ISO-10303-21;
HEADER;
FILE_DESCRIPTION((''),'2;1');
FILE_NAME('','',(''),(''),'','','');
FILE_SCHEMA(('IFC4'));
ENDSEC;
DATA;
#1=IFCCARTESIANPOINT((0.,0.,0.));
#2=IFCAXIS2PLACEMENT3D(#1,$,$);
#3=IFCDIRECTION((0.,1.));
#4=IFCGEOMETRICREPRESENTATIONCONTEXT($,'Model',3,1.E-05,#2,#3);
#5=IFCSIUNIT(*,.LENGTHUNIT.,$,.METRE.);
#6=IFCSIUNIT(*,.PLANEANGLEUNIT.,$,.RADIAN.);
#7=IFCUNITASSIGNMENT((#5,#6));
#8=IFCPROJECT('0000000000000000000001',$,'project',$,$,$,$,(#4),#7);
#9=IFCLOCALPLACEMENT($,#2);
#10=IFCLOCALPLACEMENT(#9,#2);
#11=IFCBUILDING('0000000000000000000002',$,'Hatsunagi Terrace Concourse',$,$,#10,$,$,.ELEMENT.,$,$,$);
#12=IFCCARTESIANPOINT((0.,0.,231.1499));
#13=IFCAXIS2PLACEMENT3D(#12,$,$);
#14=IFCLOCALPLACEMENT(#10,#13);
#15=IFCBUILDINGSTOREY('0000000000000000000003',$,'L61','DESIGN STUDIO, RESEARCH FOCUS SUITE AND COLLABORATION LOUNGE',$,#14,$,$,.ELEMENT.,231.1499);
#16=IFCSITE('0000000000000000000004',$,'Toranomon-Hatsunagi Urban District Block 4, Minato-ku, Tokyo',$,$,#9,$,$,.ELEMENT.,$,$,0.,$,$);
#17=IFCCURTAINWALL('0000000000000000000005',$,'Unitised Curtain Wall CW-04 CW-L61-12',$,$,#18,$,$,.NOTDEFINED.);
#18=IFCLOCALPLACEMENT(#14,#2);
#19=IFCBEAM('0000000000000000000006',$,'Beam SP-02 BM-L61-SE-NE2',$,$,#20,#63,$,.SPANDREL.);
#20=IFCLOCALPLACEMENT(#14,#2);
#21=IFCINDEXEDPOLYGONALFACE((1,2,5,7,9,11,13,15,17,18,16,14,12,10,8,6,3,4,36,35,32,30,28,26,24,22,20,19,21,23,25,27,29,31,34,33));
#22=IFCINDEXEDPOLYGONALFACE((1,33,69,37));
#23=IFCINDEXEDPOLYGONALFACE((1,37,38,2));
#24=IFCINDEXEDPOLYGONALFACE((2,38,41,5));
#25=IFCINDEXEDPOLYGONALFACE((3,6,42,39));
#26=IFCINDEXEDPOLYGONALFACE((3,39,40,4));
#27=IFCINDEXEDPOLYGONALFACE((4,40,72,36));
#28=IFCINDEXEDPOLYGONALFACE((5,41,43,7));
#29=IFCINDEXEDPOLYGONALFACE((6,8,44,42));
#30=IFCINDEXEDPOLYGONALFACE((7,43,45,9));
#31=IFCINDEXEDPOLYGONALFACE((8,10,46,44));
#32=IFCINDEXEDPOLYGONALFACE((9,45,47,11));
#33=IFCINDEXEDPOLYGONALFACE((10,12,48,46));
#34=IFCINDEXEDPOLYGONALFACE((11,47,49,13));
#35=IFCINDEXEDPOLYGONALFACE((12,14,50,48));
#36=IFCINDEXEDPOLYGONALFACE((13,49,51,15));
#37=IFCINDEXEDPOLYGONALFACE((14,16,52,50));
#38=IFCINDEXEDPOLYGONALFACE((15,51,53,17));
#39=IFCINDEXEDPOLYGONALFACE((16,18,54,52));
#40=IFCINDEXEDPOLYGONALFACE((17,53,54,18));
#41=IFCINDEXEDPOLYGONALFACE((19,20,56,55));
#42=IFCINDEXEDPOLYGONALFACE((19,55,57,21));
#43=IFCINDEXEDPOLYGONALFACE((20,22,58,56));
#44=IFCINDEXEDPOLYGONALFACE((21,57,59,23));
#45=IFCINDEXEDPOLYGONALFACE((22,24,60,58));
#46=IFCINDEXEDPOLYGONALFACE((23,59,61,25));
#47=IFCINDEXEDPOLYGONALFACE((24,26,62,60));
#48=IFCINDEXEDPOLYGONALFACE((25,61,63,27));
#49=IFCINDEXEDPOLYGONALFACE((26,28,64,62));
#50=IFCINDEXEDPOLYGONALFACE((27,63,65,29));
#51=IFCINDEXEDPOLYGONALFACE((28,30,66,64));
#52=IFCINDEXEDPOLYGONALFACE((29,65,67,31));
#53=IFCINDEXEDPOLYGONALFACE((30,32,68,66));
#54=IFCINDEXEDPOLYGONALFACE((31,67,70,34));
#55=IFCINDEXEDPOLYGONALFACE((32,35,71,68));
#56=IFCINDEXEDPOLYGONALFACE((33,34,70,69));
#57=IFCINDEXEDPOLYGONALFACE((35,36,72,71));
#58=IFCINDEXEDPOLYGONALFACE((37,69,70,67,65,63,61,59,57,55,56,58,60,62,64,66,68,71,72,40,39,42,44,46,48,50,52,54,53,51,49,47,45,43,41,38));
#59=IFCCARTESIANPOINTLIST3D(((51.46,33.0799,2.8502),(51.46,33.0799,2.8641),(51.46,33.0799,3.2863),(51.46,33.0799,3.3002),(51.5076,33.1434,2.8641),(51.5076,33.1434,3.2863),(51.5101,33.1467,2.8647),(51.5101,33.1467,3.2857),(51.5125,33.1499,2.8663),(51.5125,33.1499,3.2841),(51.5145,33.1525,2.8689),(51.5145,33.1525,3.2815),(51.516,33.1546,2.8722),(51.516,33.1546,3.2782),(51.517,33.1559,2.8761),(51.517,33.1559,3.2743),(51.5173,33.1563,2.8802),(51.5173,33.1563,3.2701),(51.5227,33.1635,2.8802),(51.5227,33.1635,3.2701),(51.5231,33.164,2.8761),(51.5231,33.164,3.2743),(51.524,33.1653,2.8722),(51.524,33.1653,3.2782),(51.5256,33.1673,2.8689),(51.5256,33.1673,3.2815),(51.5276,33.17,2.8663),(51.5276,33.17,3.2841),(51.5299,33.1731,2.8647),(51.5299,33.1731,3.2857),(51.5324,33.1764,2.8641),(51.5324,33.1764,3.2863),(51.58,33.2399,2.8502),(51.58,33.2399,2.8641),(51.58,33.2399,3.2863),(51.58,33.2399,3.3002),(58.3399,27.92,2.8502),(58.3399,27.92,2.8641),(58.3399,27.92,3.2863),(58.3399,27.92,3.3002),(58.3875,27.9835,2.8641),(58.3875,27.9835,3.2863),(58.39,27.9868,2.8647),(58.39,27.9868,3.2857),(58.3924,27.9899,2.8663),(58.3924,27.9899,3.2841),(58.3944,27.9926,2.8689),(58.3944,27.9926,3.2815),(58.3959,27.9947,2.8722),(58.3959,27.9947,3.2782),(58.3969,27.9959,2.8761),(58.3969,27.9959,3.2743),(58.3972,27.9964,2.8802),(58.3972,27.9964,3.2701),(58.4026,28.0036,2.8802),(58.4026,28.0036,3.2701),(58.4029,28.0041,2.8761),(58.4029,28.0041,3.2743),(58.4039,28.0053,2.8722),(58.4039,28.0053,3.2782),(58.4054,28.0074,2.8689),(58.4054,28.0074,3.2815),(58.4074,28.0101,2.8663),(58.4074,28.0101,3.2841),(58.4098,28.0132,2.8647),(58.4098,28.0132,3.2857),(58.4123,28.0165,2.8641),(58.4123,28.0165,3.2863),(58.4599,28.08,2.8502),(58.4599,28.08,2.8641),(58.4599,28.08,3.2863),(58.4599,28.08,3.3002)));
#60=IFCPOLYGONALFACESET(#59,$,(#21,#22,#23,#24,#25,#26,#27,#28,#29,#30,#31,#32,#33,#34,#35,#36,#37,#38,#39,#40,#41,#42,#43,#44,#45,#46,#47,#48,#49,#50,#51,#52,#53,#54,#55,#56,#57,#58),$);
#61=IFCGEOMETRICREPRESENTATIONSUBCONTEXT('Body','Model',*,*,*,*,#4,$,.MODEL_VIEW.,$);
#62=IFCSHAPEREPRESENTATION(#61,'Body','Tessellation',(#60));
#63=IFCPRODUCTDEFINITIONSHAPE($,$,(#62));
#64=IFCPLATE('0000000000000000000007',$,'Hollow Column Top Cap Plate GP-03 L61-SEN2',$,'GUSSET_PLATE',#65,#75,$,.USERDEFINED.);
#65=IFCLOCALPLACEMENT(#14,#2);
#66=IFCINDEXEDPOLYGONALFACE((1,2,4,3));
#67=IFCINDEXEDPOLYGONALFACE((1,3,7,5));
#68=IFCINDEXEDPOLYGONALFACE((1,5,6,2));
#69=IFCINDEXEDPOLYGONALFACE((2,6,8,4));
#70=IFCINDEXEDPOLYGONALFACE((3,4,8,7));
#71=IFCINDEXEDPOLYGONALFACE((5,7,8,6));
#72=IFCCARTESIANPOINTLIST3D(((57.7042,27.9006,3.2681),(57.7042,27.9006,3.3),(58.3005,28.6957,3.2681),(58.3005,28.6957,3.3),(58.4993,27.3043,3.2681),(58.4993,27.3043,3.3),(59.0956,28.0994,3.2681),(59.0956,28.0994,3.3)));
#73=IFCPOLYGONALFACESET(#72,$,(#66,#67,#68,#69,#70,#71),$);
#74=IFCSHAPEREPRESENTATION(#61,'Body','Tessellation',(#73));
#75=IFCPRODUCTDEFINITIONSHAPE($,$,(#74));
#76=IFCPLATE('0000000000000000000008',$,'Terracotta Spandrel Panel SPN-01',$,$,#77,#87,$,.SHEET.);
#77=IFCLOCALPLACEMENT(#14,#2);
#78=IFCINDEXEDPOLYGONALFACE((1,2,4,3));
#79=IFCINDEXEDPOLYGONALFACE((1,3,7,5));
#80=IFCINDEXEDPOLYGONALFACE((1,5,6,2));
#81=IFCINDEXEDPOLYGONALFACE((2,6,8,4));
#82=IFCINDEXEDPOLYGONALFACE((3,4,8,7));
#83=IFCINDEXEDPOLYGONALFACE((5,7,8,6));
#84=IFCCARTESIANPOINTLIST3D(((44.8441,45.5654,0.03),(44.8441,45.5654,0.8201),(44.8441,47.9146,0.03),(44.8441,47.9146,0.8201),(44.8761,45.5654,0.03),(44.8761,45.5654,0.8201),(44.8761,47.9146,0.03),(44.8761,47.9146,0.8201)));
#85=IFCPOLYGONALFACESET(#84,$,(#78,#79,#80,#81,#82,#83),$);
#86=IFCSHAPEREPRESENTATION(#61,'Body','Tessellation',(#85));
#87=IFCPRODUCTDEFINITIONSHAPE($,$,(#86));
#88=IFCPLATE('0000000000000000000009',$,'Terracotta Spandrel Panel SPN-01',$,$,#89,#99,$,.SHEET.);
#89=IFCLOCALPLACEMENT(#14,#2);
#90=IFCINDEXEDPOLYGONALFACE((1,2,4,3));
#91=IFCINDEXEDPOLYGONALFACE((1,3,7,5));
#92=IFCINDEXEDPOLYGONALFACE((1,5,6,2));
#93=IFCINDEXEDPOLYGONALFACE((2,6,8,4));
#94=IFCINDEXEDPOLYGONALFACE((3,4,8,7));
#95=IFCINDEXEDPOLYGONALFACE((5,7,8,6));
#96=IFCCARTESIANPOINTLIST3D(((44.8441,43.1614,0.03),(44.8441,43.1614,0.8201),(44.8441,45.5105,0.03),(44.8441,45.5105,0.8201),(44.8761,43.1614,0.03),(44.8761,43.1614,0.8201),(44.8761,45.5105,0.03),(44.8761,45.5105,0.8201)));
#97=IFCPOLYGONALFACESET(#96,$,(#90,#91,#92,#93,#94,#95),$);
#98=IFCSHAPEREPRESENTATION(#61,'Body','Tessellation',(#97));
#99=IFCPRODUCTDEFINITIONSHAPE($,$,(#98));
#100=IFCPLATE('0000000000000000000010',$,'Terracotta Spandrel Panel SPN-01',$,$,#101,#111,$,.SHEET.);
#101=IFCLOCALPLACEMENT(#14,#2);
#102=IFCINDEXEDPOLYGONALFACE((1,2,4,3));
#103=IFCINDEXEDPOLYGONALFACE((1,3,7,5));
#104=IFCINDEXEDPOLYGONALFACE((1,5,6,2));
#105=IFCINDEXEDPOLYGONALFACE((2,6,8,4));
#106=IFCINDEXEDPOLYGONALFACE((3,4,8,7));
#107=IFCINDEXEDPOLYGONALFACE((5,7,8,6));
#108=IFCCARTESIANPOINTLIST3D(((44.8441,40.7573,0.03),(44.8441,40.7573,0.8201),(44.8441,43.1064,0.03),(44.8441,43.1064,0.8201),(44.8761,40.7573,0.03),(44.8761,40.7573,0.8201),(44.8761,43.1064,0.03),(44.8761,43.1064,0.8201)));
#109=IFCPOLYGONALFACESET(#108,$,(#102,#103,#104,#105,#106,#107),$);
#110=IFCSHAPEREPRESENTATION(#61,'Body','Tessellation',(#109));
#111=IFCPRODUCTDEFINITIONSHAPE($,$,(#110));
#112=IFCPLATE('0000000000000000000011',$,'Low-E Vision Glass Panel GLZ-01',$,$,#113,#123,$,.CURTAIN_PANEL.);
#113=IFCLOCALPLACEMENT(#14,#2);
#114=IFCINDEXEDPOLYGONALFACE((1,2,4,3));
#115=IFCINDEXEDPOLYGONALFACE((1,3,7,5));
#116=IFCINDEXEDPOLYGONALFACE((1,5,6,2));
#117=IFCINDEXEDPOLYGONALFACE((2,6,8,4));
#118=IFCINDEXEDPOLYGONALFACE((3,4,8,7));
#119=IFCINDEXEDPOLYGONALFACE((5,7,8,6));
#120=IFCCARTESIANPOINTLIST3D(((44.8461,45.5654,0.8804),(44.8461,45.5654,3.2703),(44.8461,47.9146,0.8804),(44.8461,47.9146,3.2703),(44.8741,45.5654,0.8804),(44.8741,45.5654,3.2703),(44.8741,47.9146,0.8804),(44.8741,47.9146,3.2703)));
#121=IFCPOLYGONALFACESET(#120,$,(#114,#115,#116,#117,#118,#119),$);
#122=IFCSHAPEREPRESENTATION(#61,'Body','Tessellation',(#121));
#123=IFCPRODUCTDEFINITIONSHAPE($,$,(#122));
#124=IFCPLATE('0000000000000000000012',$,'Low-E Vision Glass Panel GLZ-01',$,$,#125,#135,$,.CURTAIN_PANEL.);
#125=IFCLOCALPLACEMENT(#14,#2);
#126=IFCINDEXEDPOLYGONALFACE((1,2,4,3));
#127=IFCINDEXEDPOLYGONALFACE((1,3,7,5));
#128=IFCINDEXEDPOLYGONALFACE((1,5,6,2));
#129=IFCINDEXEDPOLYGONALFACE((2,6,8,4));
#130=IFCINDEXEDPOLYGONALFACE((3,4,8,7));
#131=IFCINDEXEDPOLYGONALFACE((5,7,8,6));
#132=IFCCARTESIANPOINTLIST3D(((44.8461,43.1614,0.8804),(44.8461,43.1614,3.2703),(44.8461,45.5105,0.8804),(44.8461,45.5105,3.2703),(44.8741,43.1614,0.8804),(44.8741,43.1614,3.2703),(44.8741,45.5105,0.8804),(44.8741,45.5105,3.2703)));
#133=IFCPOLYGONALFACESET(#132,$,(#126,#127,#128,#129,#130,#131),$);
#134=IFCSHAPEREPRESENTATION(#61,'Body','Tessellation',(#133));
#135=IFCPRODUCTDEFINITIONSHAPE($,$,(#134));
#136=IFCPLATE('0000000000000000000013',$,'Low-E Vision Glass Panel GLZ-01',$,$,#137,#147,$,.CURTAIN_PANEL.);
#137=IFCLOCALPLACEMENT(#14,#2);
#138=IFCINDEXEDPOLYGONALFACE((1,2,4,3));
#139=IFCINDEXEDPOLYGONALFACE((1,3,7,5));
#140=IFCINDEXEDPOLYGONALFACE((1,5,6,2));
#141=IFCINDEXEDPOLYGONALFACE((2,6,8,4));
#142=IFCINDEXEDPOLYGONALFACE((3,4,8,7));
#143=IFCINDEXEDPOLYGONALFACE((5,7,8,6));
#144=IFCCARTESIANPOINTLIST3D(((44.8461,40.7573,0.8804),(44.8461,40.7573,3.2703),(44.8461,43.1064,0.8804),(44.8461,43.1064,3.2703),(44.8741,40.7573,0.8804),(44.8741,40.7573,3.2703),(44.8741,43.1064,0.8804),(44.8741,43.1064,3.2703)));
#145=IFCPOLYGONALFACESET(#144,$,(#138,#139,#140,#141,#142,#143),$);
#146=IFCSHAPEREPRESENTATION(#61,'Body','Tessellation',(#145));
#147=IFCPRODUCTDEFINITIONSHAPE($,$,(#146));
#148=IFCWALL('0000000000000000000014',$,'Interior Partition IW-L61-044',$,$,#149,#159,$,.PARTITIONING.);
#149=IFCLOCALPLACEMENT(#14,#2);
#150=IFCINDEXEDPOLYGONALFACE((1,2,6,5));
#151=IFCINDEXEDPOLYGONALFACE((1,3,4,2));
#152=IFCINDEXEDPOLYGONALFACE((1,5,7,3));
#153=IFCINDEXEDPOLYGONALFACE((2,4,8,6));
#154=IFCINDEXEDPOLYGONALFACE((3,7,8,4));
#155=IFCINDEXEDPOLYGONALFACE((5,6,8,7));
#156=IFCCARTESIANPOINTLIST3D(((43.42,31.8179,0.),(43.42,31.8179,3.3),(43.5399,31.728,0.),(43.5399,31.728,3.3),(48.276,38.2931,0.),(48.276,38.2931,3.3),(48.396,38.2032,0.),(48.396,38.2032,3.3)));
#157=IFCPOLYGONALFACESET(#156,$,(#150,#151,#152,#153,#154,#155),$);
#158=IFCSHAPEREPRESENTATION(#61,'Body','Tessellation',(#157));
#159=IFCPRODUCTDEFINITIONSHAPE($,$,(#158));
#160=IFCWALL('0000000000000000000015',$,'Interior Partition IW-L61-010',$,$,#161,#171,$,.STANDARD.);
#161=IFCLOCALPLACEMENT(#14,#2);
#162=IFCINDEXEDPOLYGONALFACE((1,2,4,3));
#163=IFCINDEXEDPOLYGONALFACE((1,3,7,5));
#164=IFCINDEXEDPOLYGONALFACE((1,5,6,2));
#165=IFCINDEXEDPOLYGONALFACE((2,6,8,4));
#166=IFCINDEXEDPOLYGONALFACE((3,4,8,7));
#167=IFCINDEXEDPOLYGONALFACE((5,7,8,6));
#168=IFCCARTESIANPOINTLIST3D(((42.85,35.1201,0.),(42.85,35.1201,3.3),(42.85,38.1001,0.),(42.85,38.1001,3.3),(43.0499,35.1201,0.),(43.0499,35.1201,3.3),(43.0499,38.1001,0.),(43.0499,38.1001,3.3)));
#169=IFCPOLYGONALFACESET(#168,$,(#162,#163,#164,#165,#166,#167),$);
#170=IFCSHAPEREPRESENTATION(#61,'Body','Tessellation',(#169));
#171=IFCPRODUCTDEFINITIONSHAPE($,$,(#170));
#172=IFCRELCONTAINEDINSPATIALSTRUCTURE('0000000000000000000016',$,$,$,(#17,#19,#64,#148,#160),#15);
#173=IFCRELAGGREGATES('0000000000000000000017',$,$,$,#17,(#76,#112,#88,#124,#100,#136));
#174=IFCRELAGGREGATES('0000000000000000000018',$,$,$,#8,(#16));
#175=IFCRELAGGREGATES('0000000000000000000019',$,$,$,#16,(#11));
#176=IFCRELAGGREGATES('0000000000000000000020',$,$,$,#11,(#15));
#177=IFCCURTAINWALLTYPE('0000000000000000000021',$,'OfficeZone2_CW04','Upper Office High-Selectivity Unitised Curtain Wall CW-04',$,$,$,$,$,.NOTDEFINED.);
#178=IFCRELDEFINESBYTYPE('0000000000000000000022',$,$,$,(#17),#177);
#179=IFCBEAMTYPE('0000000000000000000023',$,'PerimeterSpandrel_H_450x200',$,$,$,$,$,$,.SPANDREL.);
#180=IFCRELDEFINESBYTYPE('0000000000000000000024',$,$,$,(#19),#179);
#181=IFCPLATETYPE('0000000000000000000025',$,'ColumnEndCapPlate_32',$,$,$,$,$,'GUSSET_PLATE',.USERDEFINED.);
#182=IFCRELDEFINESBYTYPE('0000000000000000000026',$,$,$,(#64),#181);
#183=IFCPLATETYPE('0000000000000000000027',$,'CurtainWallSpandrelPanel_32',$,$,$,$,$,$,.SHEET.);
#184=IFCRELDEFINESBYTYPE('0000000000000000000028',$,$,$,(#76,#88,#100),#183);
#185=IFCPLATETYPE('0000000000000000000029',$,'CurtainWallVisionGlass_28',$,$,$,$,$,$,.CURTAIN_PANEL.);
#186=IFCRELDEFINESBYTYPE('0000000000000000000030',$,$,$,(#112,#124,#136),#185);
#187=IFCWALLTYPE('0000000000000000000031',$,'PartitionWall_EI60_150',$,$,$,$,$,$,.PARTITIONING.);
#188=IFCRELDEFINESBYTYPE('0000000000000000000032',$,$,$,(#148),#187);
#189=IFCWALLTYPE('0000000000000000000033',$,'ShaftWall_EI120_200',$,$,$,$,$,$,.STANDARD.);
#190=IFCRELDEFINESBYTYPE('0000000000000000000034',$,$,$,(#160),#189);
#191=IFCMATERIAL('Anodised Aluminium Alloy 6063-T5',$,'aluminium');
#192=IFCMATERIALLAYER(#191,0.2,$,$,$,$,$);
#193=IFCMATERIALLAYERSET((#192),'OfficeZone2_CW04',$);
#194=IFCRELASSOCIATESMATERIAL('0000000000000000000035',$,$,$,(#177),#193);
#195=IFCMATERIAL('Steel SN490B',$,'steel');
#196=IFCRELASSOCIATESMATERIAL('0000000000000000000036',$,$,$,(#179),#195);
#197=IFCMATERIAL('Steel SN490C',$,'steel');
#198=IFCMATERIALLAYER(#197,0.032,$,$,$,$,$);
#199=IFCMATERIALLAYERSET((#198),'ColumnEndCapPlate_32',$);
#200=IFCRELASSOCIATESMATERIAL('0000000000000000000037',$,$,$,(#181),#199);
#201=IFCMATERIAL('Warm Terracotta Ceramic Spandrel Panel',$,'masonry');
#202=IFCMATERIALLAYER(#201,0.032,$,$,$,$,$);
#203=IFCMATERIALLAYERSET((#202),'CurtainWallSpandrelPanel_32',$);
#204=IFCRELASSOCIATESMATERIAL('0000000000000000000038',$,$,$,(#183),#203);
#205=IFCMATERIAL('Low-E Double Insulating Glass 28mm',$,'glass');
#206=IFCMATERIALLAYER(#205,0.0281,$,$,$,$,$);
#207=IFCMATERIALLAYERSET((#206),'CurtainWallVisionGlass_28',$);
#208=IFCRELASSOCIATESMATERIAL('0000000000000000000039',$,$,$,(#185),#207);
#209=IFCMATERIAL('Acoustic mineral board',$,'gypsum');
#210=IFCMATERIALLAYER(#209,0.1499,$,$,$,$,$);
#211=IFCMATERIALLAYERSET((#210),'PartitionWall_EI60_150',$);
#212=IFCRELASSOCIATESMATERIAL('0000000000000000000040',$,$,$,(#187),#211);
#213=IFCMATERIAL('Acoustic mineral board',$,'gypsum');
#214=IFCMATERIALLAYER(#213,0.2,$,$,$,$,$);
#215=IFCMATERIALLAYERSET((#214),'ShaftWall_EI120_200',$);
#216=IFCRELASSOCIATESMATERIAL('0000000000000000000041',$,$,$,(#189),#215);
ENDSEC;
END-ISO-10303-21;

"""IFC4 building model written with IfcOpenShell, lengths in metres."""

from ifc_helpers import new_model, si_unit, direction, frame, frame_2d, origin, origin_2d, place, context, subcontext, project, spatial, rectangle, i_section, extrude, material, layer, layer_set, material_profile, profile_set, type_object, element, aggregate, save


model = new_model("IFC4")

# Units and contexts
model_context = context("Model", 3, precision=1e-05, world=origin(), true_north=direction((0.0, 1.0)))
body_context = subcontext(model_context, "Body", "Model", "MODEL_VIEW")
ifc_project = project(units=[si_unit("LENGTHUNIT", "METRE"), si_unit("PLANEANGLEUNIT", "RADIAN")], contexts=[model_context])

# Site, building, storey
site_placement = place(None, origin())
site = spatial("IfcSite", under=ifc_project, at=site_placement, Name="Toranomon-Hatsunagi Urban District Block 4, Minato-ku, Tokyo", CompositionType="ELEMENT", RefElevation=0.0)
building_placement = place(site_placement, origin())
building = spatial("IfcBuilding", under=site, at=building_placement, Name="Hatsunagi Terrace Concourse", CompositionType="ELEMENT")
storey_placement = place(building_placement, frame((0.0, 0.0, 231.1499)))
storey = spatial("IfcBuildingStorey", under=building, at=storey_placement, Name="L61", Description="DESIGN STUDIO, RESEARCH FOCUS SUITE AND COLLABORATION LOUNGE", CompositionType="ELEMENT", Elevation=231.1499)

# Curtain wall
ifc_material_1 = material(Name="Anodised Aluminium Alloy 6063-T5", Category="aluminium")
ifc_layer_1 = layer(ifc_material_1, 0.2)
ifc_layer_set_1 = layer_set([ifc_layer_1], Name="OfficeZone2_CW04")
curtain_wall_type = type_object("IfcCurtainWallType", Name="OfficeZone2_CW04", Description="Upper Office High-Selectivity Unitised Curtain Wall CW-04", PredefinedType="NOTDEFINED", material=ifc_layer_set_1)
curtain_wall_placement = place(storey_placement, origin())
curtain_wall = element("IfcCurtainWall", 1, at=curtain_wall_placement, inside=storey, type_object=curtain_wall_type, Name="Unitised Curtain Wall CW-04 CW-L61-12", PredefinedType="NOTDEFINED")

# Beam
ifc_material_2 = material(Name="Steel SN490B", Category="steel")
ifc_material_profile_1 = material_profile(ifc_material_2, i_section(OverallWidth=0.2, OverallDepth=0.45, WebThickness=0.009, FlangeThickness=0.0139, FilletRadius=0.0161, at=origin_2d()), Name="H-450x200x9x14")
ifc_profile_set_1 = profile_set([ifc_material_profile_1], Name="Steel SN490B")
beam_type_1 = type_object("IfcBeamType", Name="PerimeterSpandrel_H_450x200", PredefinedType="SPANDREL", material=ifc_profile_set_1)
beam_1_placement = place(storey_placement, frame((51.52, 33.1599, 3.0752), z_axis=(0.8, -0.6, 0.0), x_axis=(0.6, 0.8, 0.0)))
element("IfcBeam", 2, at=beam_1_placement, inside=storey, type_object=beam_type_1, Name="Beam SP-02 BM-L61-SE-NE2", PredefinedType="SPANDREL", context=body_context, shape_type="SweptSolid", body=[
    extrude(i_section(OverallWidth=0.2, OverallDepth=0.45, WebThickness=0.009, FlangeThickness=0.0139, FilletRadius=0.0161, at=origin_2d()), origin(), (0.0, 0.0, 1.0), 8.5999),
])

# Plates
ifc_material_3 = material(Name="Steel SN490C", Category="steel")
ifc_layer_2 = layer(ifc_material_3, 0.032)
ifc_layer_set_2 = layer_set([ifc_layer_2], Name="ColumnEndCapPlate_32")
plate_type_1 = type_object("IfcPlateType", Name="ColumnEndCapPlate_32", ElementType="GUSSET_PLATE", PredefinedType="USERDEFINED", material=ifc_layer_set_2)
plate_1_placement = place(storey_placement, frame((58.3999, 28.0, 3.2681), z_axis=(0.0, 0.0, 1.0), x_axis=(0.8, -0.6, 0.0)))
element("IfcPlate", 3, at=plate_1_placement, inside=storey, type_object=plate_type_1, Name="Hollow Column Top Cap Plate GP-03 L61-SEN2", ObjectType="GUSSET_PLATE", PredefinedType="USERDEFINED", context=body_context, shape_type="SweptSolid", body=[
    extrude(rectangle(XDim=0.9939, YDim=0.9939, at=origin_2d()), origin(), (0.0, 0.0, 1.0), 0.032),
])
ifc_material_4 = material(Name="Warm Terracotta Ceramic Spandrel Panel", Category="masonry")
ifc_layer_3 = layer(ifc_material_4, 0.032)
ifc_layer_set_3 = layer_set([ifc_layer_3], Name="CurtainWallSpandrelPanel_32")
plate_type_2 = type_object("IfcPlateType", Name="CurtainWallSpandrelPanel_32", PredefinedType="SHEET", material=ifc_layer_set_3)
plate_2_placement = place(storey_placement, frame((44.8601, 46.74, 0.03), z_axis=(0.0, 0.0, 1.0), x_axis=(0.0, -1.0, 0.0)))
plate_2 = element("IfcPlate", 4, at=plate_2_placement, type_object=plate_type_2, Name="Terracotta Spandrel Panel SPN-01", PredefinedType="SHEET", context=body_context, shape_type="SweptSolid", body=[
    extrude(rectangle(XDim=2.3491, YDim=0.032, at=origin_2d()), origin(), (0.0, 0.0, 1.0), 0.79),
])
plate_3_placement = place(storey_placement, frame((44.8601, 44.3359, 0.03), z_axis=(0.0, 0.0, 1.0), x_axis=(0.0, -1.0, 0.0)))
plate_3 = element("IfcPlate", 5, at=plate_3_placement, type_object=plate_type_2, Name="Terracotta Spandrel Panel SPN-01", PredefinedType="SHEET", context=body_context, shape_type="SweptSolid", body=[
    extrude(rectangle(XDim=2.3491, YDim=0.032, at=origin_2d()), origin(), (0.0, 0.0, 1.0), 0.79),
])
plate_4_placement = place(storey_placement, frame((44.8601, 41.9319, 0.03), z_axis=(0.0, 0.0, 1.0), x_axis=(0.0, -1.0, 0.0)))
plate_4 = element("IfcPlate", 6, at=plate_4_placement, type_object=plate_type_2, Name="Terracotta Spandrel Panel SPN-01", PredefinedType="SHEET", context=body_context, shape_type="SweptSolid", body=[
    extrude(rectangle(XDim=2.3491, YDim=0.032, at=origin_2d()), origin(), (0.0, 0.0, 1.0), 0.79),
])
ifc_material_5 = material(Name="Low-E Double Insulating Glass 28mm", Category="glass")
ifc_layer_4 = layer(ifc_material_5, 0.0281)
ifc_layer_set_4 = layer_set([ifc_layer_4], Name="CurtainWallVisionGlass_28")
plate_type_3 = type_object("IfcPlateType", Name="CurtainWallVisionGlass_28", PredefinedType="CURTAIN_PANEL", material=ifc_layer_set_4)
plate_5_placement = place(storey_placement, frame((44.8601, 46.74, 0.8804), z_axis=(0.0, 0.0, 1.0), x_axis=(0.0, -1.0, 0.0)))
plate_5 = element("IfcPlate", 7, at=plate_5_placement, type_object=plate_type_3, Name="Low-E Vision Glass Panel GLZ-01", PredefinedType="CURTAIN_PANEL", context=body_context, shape_type="SweptSolid", body=[
    extrude(rectangle(XDim=2.3491, YDim=0.0281, at=origin_2d()), origin(), (0.0, 0.0, 1.0), 2.3899),
])
plate_6_placement = place(storey_placement, frame((44.8601, 44.3359, 0.8804), z_axis=(0.0, 0.0, 1.0), x_axis=(0.0, -1.0, 0.0)))
plate_6 = element("IfcPlate", 8, at=plate_6_placement, type_object=plate_type_3, Name="Low-E Vision Glass Panel GLZ-01", PredefinedType="CURTAIN_PANEL", context=body_context, shape_type="SweptSolid", body=[
    extrude(rectangle(XDim=2.3491, YDim=0.0281, at=origin_2d()), origin(), (0.0, 0.0, 1.0), 2.3899),
])
plate_7_placement = place(storey_placement, frame((44.8601, 41.9319, 0.8804), z_axis=(0.0, 0.0, 1.0), x_axis=(0.0, -1.0, 0.0)))
plate_7 = element("IfcPlate", 9, at=plate_7_placement, type_object=plate_type_3, Name="Low-E Vision Glass Panel GLZ-01", PredefinedType="CURTAIN_PANEL", context=body_context, shape_type="SweptSolid", body=[
    extrude(rectangle(XDim=2.3491, YDim=0.0281, at=origin_2d()), origin(), (0.0, 0.0, 1.0), 2.3899),
])
aggregate(curtain_wall, [plate_2, plate_5, plate_3, plate_6, plate_4, plate_7])

# Walls
ifc_material_6 = material(Name="Acoustic mineral board", Category="gypsum")
ifc_layer_5 = layer(ifc_material_6, 0.1499)
ifc_layer_set_5 = layer_set([ifc_layer_5], Name="PartitionWall_EI60_150")
wall_type_1 = type_object("IfcWallType", Name="PartitionWall_EI60_150", PredefinedType="PARTITIONING", material=ifc_layer_set_5)
wall_1_placement = place(storey_placement, frame((43.48, 31.7729, 0.0), z_axis=(0.0, 0.0, 1.0), x_axis=(0.599971, 0.800022, 0.0)))
element("IfcWall", 10, at=wall_1_placement, inside=storey, type_object=wall_type_1, Name="Interior Partition IW-L61-044", PredefinedType="PARTITIONING", context=body_context, shape_type="SweptSolid", body=[
    extrude(rectangle(XDim=8.0938, YDim=0.1499, at=frame_2d((4.0469, 0.0))), origin(), (0.0, 0.0, 1.0), 3.3),
])
ifc_material_7 = material(Name="Acoustic mineral board", Category="gypsum")
ifc_layer_6 = layer(ifc_material_7, 0.2)
ifc_layer_set_6 = layer_set([ifc_layer_6], Name="ShaftWall_EI120_200")
wall_type_2 = type_object("IfcWallType", Name="ShaftWall_EI120_200", PredefinedType="STANDARD", material=ifc_layer_set_6)
wall_2_placement = place(storey_placement, frame((42.95, 35.1201, 0.0), z_axis=(0.0, 0.0, 1.0), x_axis=(0.0, 1.0, 0.0)))
element("IfcWall", 11, at=wall_2_placement, inside=storey, type_object=wall_type_2, Name="Interior Partition IW-L61-010", PredefinedType="STANDARD", context=body_context, shape_type="SweptSolid", body=[
    extrude(rectangle(XDim=2.98, YDim=0.2, at=frame_2d((1.49, 0.0))), origin(), (0.0, 0.0, 1.0), 3.3),
])

save(model, "model.ifc")
